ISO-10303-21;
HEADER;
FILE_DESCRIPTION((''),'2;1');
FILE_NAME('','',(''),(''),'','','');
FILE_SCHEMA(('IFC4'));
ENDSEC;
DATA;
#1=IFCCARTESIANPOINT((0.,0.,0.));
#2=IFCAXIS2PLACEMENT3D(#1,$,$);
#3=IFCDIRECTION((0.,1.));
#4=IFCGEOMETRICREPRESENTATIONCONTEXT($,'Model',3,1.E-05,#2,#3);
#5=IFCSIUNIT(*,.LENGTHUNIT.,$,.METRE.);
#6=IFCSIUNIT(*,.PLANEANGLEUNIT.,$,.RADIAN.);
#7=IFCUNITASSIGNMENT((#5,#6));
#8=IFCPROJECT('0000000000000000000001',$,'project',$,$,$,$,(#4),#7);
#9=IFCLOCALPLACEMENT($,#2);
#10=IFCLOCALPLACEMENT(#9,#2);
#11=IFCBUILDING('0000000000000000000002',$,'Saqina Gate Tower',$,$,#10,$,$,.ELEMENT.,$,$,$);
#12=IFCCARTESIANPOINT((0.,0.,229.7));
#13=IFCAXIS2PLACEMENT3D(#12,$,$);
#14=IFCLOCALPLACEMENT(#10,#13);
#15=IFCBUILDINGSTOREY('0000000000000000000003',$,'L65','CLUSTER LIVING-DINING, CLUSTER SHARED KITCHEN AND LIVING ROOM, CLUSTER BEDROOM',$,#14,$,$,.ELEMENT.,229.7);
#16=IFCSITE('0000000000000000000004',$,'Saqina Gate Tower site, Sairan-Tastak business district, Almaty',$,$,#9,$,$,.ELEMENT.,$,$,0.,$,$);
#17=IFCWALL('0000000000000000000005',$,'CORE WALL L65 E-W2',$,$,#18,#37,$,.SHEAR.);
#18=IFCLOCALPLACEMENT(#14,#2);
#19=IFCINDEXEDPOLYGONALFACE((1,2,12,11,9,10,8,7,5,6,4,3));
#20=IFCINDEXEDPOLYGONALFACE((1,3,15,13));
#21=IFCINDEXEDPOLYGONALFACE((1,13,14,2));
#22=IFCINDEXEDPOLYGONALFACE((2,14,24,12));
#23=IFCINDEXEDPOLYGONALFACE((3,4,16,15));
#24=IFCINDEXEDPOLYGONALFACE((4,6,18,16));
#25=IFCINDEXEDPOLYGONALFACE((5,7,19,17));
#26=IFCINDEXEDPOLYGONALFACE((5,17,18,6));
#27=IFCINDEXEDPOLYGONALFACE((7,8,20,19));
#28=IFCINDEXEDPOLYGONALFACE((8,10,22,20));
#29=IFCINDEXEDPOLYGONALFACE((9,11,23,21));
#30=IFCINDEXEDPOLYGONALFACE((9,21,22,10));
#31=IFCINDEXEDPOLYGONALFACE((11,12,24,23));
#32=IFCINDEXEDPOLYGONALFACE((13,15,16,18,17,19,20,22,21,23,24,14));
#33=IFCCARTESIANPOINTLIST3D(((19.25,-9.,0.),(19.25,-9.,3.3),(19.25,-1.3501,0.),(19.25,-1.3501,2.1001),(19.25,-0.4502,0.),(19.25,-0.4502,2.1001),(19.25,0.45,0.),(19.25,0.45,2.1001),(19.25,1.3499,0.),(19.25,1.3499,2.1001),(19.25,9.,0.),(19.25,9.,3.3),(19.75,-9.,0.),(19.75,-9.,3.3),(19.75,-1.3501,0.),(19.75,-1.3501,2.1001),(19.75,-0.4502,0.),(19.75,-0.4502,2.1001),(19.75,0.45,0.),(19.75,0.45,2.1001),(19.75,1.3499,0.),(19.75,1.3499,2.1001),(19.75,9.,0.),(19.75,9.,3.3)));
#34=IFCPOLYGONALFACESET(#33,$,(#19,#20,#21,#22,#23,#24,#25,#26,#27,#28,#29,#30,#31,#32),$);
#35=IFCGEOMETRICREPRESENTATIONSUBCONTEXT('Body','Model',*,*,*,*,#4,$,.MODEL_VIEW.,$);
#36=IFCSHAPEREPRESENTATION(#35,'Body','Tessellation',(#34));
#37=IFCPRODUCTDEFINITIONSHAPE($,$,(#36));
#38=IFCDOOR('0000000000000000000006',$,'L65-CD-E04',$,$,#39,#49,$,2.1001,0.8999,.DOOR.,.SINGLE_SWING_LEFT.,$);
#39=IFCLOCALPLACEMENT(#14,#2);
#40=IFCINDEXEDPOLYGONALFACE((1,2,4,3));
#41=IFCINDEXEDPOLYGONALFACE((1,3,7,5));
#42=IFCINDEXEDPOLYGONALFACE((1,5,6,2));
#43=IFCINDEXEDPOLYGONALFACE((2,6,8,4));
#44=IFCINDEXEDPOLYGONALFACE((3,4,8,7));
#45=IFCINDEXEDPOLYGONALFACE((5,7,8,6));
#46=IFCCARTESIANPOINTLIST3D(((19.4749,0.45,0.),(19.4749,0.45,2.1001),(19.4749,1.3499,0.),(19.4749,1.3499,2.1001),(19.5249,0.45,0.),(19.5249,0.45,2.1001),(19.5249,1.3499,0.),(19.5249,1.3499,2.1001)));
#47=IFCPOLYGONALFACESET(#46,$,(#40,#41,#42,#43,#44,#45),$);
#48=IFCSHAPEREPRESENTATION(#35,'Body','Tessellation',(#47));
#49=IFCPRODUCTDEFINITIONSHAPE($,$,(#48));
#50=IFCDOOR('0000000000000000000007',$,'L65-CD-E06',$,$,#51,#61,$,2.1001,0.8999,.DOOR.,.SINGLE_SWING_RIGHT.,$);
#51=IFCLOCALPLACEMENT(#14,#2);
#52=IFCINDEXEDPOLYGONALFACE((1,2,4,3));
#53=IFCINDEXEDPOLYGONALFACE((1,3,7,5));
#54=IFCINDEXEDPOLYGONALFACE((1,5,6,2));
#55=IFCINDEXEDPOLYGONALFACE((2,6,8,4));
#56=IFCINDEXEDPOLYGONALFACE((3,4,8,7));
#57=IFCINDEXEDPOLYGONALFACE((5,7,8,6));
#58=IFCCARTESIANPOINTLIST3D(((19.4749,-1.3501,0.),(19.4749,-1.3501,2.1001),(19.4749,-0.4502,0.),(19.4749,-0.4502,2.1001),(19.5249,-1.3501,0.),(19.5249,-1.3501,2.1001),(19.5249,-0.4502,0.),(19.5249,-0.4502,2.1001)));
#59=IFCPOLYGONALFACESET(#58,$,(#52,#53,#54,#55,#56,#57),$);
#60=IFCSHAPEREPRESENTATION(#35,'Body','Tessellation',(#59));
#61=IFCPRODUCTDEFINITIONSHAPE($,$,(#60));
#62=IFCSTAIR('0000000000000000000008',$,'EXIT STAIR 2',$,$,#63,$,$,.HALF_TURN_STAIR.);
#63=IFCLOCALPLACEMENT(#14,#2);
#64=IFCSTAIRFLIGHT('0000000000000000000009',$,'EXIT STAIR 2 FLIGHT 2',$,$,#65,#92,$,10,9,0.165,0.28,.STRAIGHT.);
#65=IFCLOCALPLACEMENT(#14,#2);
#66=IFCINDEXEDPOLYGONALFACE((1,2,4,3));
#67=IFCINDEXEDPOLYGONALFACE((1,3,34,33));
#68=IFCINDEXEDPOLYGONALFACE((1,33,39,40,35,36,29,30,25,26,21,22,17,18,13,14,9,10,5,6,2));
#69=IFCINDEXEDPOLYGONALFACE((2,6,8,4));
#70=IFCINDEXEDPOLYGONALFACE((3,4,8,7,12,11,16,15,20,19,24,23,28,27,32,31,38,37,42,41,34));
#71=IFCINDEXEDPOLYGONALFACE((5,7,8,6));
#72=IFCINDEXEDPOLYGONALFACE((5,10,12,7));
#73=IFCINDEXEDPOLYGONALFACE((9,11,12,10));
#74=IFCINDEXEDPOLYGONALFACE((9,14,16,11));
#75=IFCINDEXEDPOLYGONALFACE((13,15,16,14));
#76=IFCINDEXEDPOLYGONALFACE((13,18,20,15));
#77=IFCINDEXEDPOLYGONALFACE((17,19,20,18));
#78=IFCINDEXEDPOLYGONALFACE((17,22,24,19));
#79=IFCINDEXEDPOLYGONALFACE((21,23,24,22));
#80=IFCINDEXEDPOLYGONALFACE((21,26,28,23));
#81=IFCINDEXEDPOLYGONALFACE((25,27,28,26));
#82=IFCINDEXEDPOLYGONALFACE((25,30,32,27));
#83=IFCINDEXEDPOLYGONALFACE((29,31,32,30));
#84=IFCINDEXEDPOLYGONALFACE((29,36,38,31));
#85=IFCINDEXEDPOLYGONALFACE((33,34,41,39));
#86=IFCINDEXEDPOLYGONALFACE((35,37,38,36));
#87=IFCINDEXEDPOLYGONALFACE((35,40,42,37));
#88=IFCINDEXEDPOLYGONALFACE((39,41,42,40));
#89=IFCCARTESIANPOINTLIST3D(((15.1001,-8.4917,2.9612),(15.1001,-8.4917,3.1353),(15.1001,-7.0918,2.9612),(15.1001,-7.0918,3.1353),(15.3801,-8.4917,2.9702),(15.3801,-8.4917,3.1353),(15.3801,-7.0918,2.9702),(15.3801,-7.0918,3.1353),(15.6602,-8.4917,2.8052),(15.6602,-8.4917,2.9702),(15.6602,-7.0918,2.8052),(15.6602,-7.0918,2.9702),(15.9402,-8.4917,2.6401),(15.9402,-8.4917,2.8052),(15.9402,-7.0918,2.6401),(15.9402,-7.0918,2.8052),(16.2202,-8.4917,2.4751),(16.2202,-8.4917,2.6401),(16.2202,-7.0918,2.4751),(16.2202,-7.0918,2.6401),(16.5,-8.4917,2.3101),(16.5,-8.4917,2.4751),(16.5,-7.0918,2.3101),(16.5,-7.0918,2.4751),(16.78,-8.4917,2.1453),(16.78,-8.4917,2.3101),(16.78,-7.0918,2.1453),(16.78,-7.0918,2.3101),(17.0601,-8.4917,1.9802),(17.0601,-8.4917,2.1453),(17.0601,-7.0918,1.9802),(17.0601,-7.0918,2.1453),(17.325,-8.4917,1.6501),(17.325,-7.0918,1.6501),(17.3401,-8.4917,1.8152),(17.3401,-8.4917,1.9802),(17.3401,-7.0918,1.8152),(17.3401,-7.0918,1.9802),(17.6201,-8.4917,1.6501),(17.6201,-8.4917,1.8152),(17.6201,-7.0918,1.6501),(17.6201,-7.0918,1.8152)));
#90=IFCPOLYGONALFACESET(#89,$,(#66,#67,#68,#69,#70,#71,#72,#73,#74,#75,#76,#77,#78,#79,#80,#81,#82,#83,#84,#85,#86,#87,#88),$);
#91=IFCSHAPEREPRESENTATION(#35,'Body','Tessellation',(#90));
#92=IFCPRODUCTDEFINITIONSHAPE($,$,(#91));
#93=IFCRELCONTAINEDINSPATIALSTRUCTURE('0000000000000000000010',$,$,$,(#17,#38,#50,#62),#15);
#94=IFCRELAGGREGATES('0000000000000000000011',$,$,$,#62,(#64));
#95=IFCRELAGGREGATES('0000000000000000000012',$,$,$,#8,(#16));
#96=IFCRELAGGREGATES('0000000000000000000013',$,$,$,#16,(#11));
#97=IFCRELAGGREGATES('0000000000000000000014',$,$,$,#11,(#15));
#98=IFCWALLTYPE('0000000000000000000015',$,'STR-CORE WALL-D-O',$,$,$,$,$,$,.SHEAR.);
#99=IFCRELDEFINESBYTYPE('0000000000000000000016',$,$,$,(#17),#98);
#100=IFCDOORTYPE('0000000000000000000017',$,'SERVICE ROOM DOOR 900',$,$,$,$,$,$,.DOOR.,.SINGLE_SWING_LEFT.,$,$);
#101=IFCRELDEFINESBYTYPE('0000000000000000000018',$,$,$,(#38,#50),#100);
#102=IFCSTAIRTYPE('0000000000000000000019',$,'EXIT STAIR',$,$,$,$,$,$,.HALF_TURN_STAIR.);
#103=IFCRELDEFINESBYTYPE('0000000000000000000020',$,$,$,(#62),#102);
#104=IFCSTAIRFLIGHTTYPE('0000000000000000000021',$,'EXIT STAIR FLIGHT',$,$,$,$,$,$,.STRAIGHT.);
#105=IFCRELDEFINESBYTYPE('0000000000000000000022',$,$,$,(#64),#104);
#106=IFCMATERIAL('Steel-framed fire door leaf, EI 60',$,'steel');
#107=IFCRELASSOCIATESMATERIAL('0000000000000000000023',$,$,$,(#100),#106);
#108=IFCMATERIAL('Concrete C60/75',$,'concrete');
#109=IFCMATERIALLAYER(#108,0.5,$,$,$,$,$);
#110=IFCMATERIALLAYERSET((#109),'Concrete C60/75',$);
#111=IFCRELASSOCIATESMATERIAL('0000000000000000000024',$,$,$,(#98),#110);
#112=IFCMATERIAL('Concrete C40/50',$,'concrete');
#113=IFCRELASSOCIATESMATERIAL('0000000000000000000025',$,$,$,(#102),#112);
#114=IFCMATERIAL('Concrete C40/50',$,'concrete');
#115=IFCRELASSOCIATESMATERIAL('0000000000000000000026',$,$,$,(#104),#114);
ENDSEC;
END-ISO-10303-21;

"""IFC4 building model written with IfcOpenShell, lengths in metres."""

from ifc_helpers import new_model, si_unit, direction, frame, frame_2d, origin, place, context, subcontext, project, spatial, polyline, rectangle, outline, extrude, material, layer, layer_set, type_object, element, fill, aggregate, save


model = new_model("IFC4")

# Units and contexts
model_context = context("Model", 3, precision=1e-05, world=origin(), true_north=direction((0.0, 1.0)))
body_context = subcontext(model_context, "Body", "Model", "MODEL_VIEW")
ifc_project = project(units=[si_unit("LENGTHUNIT", "METRE"), si_unit("PLANEANGLEUNIT", "RADIAN")], contexts=[model_context])

# Site, building, storey
site_placement = place(None, origin())
site = spatial("IfcSite", under=ifc_project, at=site_placement, Name="Saqina Gate Tower site, Sairan-Tastak business district, Almaty", CompositionType="ELEMENT", RefElevation=0.0)
building_placement = place(site_placement, origin())
building = spatial("IfcBuilding", under=site, at=building_placement, Name="Saqina Gate Tower", CompositionType="ELEMENT")
storey_placement = place(building_placement, frame((0.0, 0.0, 229.7)))
storey = spatial("IfcBuildingStorey", under=building, at=storey_placement, Name="L65", Description="CLUSTER LIVING-DINING, CLUSTER SHARED KITCHEN AND LIVING ROOM, CLUSTER BEDROOM", CompositionType="ELEMENT", Elevation=229.7)

# Shared definitions
ifc_material_1 = material(Name="Steel-framed fire door leaf, EI 60", Category="steel")
door_type_1 = type_object("IfcDoorType", Name="SERVICE ROOM DOOR 900", OperationType="SINGLE_SWING_LEFT", PredefinedType="DOOR", material=ifc_material_1)

# Wall, openings, doors
ifc_material_2 = material(Name="Concrete C60/75", Category="concrete")
ifc_layer_1 = layer(ifc_material_2, 0.5)
ifc_layer_set_1 = layer_set([ifc_layer_1], Name="Concrete C60/75")
wall_type_1 = type_object("IfcWallType", Name="STR-CORE WALL-D-O", PredefinedType="SHEAR", material=ifc_layer_set_1)
wall_1_placement = place(storey_placement, frame((19.5, -9.0, 0.0), z_axis=(0.0, 0.0, 1.0), x_axis=(0.0, 1.0, 0.0)))
wall_1 = element("IfcWall", 1, at=wall_1_placement, inside=storey, type_object=wall_type_1, Name="CORE WALL L65 E-W2", PredefinedType="SHEAR", context=body_context, shape_type="SweptSolid", body=[
    extrude(rectangle(XDim=18.0, YDim=0.5, at=frame_2d((9.0, 0.0))), origin(), (0.0, 0.0, 1.0), 3.3),
])
opening_1_placement = place(wall_1_placement, frame((9.45, 0.0, 0.0)))
opening_1 = element("IfcOpeningElement", 2, at=opening_1_placement, cuts=wall_1, PredefinedType="OPENING", context=body_context, shape_type="SweptSolid", body=[
    extrude(rectangle(XDim=0.8999, YDim=2.1001, at=frame_2d((0.45, 1.05))), frame((0.0, 0.262, 0.0), z_axis=(0.0, -1.0, 0.0), x_axis=(1.0, 0.0, 0.0)), (0.0, 0.0, 1.0), 0.5239),
])
opening_2_placement = place(wall_1_placement, frame((7.6499, 0.0, 0.0)))
opening_2 = element("IfcOpeningElement", 3, at=opening_2_placement, cuts=wall_1, PredefinedType="OPENING", context=body_context, shape_type="SweptSolid", body=[
    extrude(rectangle(XDim=0.8999, YDim=2.1001, at=frame_2d((0.45, 1.05))), frame((0.0, 0.262, 0.0), z_axis=(0.0, -1.0, 0.0), x_axis=(1.0, 0.0, 0.0)), (0.0, 0.0, 1.0), 0.5239),
])
door_1_placement = place(opening_1_placement, frame((0.8999, 0.0, 0.0), z_axis=(0.0, 0.0, 1.0), x_axis=(-1.0, 0.0, 0.0)))
door_1 = element("IfcDoor", 4, at=door_1_placement, inside=storey, type_object=door_type_1, Name="L65-CD-E04", OperationType="SINGLE_SWING_LEFT", OverallHeight=2.1001, OverallWidth=0.8999, PredefinedType="DOOR", context=body_context, shape_type="SweptSolid", body=[
    extrude(rectangle(XDim=0.8999, YDim=2.1001, at=frame_2d((0.45, 1.05))), frame((0.0, 0.0249, 0.0), z_axis=(0.0, -1.0, 0.0), x_axis=(1.0, 0.0, 0.0)), (0.0, 0.0, 1.0), 0.05),
])
fill(opening_1, door_1)
door_2_placement = place(opening_2_placement, frame((0.8999, 0.0, 0.0), z_axis=(0.0, 0.0, 1.0), x_axis=(-1.0, 0.0, 0.0)))
door_2 = element("IfcDoor", 5, at=door_2_placement, inside=storey, type_object=door_type_1, Name="L65-CD-E06", OperationType="SINGLE_SWING_RIGHT", OverallHeight=2.1001, OverallWidth=0.8999, PredefinedType="DOOR", context=body_context, shape_type="SweptSolid", body=[
    extrude(rectangle(XDim=0.8999, YDim=2.1001, at=frame_2d((0.45, 1.05))), frame((0.0, 0.0249, 0.0), z_axis=(0.0, -1.0, 0.0), x_axis=(1.0, 0.0, 0.0)), (0.0, 0.0, 1.0), 0.05),
])
fill(opening_2, door_2)

# Stair, stair flight
ifc_material_3 = material(Name="Concrete C40/50", Category="concrete")
stair_type = type_object("IfcStairType", Name="EXIT STAIR", PredefinedType="HALF_TURN_STAIR", material=ifc_material_3)
stair_placement = place(storey_placement, origin())
stair = element("IfcStair", 6, at=stair_placement, inside=storey, type_object=stair_type, Name="EXIT STAIR 2", PredefinedType="HALF_TURN_STAIR")
ifc_material_4 = material(Name="Concrete C40/50", Category="concrete")
stair_flight_type = type_object("IfcStairFlightType", Name="EXIT STAIR FLIGHT", PredefinedType="STRAIGHT", material=ifc_material_4)
stair_flight_placement = place(storey_placement, frame((17.6201, -7.7917, 1.6501), z_axis=(0.0, 0.0, 1.0), x_axis=(-1.0, 0.0, 0.0)))
stair_flight = element("IfcStairFlight", 7, at=stair_flight_placement, type_object=stair_flight_type, Name="EXIT STAIR 2 FLIGHT 2", NumberOfRisers=10, NumberOfTreads=9, PredefinedType="STRAIGHT", RiserHeight=0.165, TreadLength=0.28, context=body_context, shape_type="SweptSolid", body=[
    extrude(outline(polyline([(0.0, 0.0), (0.0, 0.165), (0.28, 0.165), (0.28, 0.3301), (0.5601, 0.3301), (0.5601, 0.4951), (0.8401, 0.4951), (0.8401, 0.6599), (1.1201, 0.6599), (1.1201, 0.825), (1.3999, 0.825), (1.3999, 0.99), (1.6799, 0.99), (1.6799, 1.155), (1.96, 1.155), (1.96, 1.3201), (2.24, 1.3201), (2.24, 1.4851), (2.52, 1.4851), (2.52, 1.6499), (2.52, 1.311), (0.2952, 0.0), (0.0, 0.0)])), frame((0.0, 0.7, 0.0), z_axis=(0.0, -1.0, 0.0), x_axis=(1.0, 0.0, 0.0)), (0.0, 0.0, 1.0), 1.3999),
])
aggregate(stair, [stair_flight])

save(model, "model.ifc")
